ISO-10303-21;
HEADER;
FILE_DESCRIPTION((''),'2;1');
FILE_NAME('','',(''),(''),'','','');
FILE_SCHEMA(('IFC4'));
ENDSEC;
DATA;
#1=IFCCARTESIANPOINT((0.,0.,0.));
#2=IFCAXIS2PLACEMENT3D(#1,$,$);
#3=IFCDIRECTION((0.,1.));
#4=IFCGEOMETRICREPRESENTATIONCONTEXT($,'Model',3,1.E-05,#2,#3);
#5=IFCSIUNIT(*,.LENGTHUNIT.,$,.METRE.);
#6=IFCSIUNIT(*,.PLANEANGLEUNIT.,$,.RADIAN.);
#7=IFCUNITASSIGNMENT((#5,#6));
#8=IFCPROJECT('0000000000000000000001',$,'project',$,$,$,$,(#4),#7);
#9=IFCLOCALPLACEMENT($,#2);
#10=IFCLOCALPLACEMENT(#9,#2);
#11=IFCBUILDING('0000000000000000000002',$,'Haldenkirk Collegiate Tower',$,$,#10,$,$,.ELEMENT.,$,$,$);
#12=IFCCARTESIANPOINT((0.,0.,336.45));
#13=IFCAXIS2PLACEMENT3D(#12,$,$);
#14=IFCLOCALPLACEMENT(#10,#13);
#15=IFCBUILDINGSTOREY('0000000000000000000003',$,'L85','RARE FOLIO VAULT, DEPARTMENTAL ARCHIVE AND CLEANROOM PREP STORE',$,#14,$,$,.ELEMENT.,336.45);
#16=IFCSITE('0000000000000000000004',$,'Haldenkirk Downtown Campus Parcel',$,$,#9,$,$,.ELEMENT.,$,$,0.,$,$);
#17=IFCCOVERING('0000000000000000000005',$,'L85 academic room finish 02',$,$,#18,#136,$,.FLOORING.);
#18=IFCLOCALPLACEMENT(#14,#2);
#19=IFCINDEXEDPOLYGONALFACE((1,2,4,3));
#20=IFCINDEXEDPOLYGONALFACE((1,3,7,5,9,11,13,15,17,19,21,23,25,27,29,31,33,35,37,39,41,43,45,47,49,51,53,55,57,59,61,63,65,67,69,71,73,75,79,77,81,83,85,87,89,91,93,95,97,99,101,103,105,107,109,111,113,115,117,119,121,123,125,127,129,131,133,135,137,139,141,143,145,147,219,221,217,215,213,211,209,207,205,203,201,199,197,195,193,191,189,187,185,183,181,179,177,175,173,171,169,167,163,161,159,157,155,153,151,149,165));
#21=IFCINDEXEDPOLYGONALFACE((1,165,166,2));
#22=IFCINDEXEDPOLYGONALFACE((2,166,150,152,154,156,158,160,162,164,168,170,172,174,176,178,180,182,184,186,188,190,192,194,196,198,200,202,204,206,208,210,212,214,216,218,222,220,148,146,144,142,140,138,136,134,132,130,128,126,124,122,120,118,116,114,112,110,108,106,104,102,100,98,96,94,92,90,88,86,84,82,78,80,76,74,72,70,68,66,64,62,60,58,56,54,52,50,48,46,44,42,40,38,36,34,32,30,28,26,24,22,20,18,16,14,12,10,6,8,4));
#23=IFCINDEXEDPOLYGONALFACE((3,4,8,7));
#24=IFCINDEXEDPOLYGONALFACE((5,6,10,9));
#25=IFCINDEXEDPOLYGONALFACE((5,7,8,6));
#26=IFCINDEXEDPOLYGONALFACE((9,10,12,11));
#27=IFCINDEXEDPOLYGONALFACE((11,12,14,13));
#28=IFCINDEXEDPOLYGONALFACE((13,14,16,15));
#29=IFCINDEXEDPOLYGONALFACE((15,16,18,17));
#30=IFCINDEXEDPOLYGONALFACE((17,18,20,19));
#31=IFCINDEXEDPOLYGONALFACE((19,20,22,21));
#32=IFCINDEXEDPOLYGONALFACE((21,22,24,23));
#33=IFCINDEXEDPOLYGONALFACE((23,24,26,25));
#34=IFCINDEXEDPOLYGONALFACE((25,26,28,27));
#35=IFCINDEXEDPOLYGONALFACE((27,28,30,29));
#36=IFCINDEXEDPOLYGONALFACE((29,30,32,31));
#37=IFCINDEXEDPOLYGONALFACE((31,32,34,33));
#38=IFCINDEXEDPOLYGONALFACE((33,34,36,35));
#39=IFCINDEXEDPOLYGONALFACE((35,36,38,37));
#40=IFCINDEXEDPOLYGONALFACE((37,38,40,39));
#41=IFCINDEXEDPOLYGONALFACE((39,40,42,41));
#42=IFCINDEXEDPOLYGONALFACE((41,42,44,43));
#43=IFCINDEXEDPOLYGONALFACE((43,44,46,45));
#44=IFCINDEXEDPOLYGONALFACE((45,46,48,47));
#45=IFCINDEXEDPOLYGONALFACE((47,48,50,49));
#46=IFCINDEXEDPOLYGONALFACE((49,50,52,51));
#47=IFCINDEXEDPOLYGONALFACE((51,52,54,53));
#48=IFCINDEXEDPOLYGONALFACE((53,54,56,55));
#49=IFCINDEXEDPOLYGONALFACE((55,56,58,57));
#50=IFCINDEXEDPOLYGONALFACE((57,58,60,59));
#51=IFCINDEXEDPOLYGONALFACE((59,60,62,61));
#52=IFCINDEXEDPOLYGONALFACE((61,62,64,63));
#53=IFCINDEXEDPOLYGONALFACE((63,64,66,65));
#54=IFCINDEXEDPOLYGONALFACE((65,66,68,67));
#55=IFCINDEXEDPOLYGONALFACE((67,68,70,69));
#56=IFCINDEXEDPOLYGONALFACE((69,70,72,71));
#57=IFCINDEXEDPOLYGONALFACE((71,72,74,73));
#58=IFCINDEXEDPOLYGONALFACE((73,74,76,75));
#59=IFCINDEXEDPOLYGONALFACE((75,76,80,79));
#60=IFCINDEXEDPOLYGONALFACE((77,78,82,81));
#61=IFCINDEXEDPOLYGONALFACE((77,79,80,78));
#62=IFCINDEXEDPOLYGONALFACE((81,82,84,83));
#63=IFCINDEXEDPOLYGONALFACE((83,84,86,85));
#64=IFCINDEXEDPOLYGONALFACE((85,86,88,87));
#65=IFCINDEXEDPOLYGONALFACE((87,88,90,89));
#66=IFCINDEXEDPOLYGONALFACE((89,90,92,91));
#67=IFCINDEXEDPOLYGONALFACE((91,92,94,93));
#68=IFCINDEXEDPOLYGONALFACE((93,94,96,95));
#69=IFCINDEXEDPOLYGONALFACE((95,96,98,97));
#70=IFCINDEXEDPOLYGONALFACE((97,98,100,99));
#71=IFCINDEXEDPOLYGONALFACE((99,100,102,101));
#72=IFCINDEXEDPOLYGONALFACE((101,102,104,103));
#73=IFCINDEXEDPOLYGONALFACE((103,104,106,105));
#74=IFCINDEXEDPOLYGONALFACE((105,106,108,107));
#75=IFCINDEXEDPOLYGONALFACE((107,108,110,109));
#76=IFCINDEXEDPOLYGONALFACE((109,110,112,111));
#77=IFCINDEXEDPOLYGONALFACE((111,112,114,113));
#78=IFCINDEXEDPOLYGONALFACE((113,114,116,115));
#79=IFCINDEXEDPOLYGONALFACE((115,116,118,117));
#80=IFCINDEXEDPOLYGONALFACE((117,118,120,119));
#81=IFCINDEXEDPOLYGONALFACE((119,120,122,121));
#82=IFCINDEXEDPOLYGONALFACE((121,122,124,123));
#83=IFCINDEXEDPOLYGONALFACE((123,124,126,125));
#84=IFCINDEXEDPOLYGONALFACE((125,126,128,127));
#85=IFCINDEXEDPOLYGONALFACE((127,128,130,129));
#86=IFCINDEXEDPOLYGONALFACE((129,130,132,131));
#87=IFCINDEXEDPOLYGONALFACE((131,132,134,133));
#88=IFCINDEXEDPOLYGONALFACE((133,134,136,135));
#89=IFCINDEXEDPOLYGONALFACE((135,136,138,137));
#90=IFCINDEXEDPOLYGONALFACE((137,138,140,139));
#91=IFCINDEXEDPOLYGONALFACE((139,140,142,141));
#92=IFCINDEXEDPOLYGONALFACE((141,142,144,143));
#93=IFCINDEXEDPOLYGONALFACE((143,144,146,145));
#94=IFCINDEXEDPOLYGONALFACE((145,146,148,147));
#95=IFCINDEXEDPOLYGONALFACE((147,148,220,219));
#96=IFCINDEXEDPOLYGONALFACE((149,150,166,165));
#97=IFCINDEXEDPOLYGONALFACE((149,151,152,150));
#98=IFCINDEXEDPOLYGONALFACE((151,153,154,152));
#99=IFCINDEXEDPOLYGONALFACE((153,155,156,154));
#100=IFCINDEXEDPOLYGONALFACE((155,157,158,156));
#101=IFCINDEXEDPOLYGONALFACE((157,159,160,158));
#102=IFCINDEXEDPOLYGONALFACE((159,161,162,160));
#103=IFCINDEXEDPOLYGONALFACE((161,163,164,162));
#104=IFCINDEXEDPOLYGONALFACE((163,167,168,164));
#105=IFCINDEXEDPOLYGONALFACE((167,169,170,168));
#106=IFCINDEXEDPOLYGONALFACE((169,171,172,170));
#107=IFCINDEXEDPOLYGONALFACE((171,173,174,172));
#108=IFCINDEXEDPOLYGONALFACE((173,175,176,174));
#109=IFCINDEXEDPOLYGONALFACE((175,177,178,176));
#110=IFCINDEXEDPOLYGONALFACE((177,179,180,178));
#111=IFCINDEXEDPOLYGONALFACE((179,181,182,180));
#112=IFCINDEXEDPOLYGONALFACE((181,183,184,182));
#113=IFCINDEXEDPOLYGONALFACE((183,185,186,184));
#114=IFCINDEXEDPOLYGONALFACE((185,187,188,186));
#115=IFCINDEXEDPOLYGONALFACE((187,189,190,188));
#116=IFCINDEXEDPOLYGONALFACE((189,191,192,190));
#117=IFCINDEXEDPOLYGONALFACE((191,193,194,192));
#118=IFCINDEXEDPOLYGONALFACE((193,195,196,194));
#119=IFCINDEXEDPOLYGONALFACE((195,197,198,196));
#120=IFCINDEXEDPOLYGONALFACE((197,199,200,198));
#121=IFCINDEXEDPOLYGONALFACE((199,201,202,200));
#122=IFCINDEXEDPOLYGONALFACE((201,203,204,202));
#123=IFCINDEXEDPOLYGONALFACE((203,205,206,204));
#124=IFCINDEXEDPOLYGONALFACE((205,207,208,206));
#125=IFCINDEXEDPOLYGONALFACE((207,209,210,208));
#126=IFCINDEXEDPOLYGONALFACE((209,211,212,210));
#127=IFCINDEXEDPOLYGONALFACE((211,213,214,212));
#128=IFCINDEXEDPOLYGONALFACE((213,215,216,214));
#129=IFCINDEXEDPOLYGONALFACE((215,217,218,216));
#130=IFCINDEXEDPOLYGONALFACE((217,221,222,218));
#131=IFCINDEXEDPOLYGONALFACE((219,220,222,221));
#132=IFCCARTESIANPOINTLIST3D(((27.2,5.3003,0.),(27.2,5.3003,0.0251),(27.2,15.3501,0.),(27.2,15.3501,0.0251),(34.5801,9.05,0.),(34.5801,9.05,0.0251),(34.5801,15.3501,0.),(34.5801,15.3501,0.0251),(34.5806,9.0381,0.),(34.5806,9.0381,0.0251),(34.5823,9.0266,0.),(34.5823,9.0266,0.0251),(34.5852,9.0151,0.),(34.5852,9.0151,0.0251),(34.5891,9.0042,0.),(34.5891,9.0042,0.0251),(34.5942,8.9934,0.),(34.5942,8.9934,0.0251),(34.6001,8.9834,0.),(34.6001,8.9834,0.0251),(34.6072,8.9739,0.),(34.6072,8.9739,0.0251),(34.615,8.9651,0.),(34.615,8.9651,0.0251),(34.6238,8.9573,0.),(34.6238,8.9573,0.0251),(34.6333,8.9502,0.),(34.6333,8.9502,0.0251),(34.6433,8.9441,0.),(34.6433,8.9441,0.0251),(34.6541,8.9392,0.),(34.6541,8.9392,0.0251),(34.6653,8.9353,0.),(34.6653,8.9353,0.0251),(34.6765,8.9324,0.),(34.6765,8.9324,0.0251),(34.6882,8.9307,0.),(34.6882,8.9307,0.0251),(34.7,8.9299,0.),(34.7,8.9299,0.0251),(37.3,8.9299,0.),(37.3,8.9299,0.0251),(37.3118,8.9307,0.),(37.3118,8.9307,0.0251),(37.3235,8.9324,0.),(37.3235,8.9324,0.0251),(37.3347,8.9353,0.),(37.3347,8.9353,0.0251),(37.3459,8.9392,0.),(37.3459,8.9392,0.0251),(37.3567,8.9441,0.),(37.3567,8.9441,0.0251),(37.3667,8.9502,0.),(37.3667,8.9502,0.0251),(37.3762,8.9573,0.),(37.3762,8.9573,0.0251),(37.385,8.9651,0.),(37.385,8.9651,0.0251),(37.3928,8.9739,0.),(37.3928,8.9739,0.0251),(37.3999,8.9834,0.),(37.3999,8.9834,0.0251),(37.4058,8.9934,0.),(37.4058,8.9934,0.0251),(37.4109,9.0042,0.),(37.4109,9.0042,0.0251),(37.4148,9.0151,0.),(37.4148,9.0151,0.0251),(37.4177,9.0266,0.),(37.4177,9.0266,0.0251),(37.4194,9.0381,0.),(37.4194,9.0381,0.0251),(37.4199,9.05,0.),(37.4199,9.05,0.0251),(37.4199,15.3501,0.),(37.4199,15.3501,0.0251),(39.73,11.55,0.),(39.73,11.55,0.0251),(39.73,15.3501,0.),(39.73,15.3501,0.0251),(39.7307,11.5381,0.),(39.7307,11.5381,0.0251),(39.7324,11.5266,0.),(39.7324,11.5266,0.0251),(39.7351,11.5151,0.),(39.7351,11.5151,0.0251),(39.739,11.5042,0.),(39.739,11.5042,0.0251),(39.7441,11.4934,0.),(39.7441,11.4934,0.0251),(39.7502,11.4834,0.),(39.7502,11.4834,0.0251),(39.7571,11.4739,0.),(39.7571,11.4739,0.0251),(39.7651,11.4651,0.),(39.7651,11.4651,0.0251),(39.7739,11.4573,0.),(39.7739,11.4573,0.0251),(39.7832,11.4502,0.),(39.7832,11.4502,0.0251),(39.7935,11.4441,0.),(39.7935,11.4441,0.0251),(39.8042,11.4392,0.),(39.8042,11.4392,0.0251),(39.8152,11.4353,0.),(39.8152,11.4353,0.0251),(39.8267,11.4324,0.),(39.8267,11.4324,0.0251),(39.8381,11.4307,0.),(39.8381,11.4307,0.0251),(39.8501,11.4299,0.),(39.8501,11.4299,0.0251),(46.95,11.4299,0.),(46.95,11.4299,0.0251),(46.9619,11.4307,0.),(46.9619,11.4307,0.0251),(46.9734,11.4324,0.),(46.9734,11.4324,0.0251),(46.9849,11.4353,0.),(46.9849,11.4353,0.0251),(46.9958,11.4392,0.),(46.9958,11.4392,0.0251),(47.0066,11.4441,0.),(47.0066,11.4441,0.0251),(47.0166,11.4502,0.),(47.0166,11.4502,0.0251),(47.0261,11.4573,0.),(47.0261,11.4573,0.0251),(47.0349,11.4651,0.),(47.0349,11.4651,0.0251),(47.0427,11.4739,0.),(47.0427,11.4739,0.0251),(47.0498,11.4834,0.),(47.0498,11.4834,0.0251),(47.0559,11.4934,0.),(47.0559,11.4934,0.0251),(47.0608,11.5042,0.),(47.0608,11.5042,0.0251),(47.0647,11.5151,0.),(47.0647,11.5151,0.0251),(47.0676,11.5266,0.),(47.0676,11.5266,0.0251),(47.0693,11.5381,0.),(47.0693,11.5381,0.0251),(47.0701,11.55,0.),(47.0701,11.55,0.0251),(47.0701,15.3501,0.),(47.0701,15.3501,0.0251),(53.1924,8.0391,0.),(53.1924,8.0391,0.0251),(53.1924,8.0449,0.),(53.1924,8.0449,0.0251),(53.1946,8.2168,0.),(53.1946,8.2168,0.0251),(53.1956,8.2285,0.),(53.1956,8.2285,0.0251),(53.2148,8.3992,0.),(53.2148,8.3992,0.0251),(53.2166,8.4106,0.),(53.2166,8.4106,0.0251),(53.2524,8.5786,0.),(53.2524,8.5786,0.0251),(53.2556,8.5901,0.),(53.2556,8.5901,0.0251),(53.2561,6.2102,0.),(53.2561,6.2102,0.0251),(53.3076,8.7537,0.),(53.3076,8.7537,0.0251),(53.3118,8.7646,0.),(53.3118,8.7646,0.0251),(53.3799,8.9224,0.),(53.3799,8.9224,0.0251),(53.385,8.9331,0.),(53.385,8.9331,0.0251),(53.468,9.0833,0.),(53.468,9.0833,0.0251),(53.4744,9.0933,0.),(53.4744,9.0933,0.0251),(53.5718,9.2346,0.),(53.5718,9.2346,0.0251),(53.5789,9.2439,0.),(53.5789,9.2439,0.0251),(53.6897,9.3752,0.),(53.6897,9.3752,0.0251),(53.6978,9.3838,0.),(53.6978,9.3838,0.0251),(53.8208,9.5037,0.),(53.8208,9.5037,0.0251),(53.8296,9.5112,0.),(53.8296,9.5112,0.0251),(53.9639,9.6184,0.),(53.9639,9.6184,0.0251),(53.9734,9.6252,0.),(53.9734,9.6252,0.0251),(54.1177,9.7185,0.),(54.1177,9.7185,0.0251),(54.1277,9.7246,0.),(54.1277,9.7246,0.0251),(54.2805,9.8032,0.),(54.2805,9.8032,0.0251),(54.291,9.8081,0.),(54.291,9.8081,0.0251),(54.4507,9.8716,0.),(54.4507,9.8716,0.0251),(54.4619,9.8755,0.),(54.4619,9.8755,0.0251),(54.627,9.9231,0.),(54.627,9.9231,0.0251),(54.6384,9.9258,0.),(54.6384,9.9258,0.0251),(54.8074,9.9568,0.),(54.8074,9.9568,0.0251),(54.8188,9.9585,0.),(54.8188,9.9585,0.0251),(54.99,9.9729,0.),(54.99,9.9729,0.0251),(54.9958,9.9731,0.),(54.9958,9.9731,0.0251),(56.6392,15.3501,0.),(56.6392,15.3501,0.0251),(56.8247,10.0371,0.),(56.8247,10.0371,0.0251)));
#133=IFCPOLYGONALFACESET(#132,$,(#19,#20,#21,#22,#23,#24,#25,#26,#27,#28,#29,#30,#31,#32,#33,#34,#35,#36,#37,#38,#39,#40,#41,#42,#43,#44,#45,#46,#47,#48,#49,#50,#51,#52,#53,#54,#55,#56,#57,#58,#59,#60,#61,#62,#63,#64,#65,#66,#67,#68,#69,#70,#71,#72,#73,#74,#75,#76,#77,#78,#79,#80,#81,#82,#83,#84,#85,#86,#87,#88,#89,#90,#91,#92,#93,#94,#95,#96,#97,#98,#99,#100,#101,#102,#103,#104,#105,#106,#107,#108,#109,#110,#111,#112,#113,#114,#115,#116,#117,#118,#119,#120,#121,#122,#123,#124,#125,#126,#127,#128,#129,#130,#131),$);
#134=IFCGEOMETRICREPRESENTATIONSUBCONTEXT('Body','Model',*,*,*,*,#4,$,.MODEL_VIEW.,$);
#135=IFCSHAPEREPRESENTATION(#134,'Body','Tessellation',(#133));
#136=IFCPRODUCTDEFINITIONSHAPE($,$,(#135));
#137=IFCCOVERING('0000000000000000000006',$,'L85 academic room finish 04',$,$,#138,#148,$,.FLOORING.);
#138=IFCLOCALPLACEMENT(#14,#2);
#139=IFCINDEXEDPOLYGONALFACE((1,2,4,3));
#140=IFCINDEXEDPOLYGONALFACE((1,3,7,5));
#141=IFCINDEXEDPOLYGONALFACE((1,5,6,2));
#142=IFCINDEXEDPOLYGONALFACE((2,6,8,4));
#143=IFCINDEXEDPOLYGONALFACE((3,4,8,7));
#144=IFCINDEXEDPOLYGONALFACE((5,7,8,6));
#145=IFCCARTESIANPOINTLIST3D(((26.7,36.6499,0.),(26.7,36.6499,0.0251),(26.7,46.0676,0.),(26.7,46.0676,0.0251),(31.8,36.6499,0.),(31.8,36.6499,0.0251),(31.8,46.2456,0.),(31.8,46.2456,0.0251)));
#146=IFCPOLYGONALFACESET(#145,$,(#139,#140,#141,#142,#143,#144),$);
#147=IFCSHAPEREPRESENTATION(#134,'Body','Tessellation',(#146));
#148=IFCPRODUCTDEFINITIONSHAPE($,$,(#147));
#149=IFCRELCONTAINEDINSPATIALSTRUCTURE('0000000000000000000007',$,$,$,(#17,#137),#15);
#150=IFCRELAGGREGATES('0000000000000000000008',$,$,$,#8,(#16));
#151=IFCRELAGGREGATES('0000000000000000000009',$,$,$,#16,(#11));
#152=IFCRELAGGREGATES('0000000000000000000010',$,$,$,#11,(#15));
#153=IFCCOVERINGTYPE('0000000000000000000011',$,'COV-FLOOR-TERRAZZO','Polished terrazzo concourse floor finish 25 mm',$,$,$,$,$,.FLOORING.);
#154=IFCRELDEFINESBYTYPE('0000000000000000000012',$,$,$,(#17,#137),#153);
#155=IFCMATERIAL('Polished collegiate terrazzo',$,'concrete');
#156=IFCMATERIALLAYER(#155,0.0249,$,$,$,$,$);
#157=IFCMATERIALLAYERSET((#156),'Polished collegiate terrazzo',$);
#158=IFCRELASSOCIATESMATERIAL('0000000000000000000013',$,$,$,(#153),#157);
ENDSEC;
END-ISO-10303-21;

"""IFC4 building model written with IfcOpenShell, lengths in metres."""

from ifc_helpers import new_model, si_unit, direction, frame, origin, place, context, subcontext, project, spatial, polyline, outline, extrude, material, layer, layer_set, type_object, element, save


model = new_model("IFC4")

# Units and contexts
model_context = context("Model", 3, precision=1e-05, world=origin(), true_north=direction((0.0, 1.0)))
body_context = subcontext(model_context, "Body", "Model", "MODEL_VIEW")
ifc_project = project(units=[si_unit("LENGTHUNIT", "METRE"), si_unit("PLANEANGLEUNIT", "RADIAN")], contexts=[model_context])

# Site, building, storey
site_placement = place(None, origin())
site = spatial("IfcSite", under=ifc_project, at=site_placement, Name="Haldenkirk Downtown Campus Parcel", CompositionType="ELEMENT", RefElevation=0.0)
building_placement = place(site_placement, origin())
building = spatial("IfcBuilding", under=site, at=building_placement, Name="Haldenkirk Collegiate Tower", CompositionType="ELEMENT")
storey_placement = place(building_placement, frame((0.0, 0.0, 336.45)))
storey = spatial("IfcBuildingStorey", under=building, at=storey_placement, Name="L85", Description="RARE FOLIO VAULT, DEPARTMENTAL ARCHIVE AND CLEANROOM PREP STORE", CompositionType="ELEMENT", Elevation=336.45)

# Coverings
ifc_material_1 = material(Name="Polished collegiate terrazzo", Category="concrete")
ifc_layer_1 = layer(ifc_material_1, 0.0249)
ifc_layer_set_1 = layer_set([ifc_layer_1], Name="Polished collegiate terrazzo")
covering_type_1 = type_object("IfcCoveringType", Name="COV-FLOOR-TERRAZZO", Description="Polished terrazzo concourse floor finish 25 mm", PredefinedType="FLOORING", material=ifc_layer_set_1)
covering_1_placement = place(storey_placement, origin())
element("IfcCovering", 1, at=covering_1_placement, inside=storey, type_object=covering_type_1, Name="L85 academic room finish 02", PredefinedType="FLOORING", context=body_context, shape_type="SweptSolid", body=[
    extrude(outline(polyline([(54.291, 9.8081), (54.2805, 9.8032), (54.1277, 9.7246), (54.1177, 9.7185), (53.9734, 9.6252), (53.9639, 9.6184), (53.8296, 9.5112), (53.8208, 9.5037), (53.6978, 9.3838), (53.6897, 9.3752), (53.5789, 9.2439), (53.5718, 9.2346), (53.4744, 9.0933), (53.468, 9.0833), (53.385, 8.9331), (53.3799, 8.9224), (53.3118, 8.7646), (53.3076, 8.7537), (53.2556, 8.5901), (53.2524, 8.5786), (53.2166, 8.4106), (53.2148, 8.3992), (53.1956, 8.2285), (53.1946, 8.2168), (53.1924, 8.0449), (53.1924, 8.0391), (53.2561, 6.2102), (27.2, 5.3003), (27.2, 15.3501), (34.5801, 15.3501), (34.5801, 9.05), (34.5806, 9.0381), (34.5823, 9.0266), (34.5852, 9.0151), (34.5891, 9.0042), (34.5942, 8.9934), (34.6001, 8.9834), (34.6072, 8.9739), (34.615, 8.9651), (34.6238, 8.9573), (34.6333, 8.9502), (34.6433, 8.9441), (34.6541, 8.9392), (34.6653, 8.9353), (34.6765, 8.9324), (34.6882, 8.9307), (34.7, 8.9299), (37.3, 8.9299), (37.3118, 8.9307), (37.3235, 8.9324), (37.3347, 8.9353), (37.3459, 8.9392), (37.3567, 8.9441), (37.3667, 8.9502), (37.3762, 8.9573), (37.385, 8.9651), (37.3928, 8.9739), (37.3999, 8.9834), (37.4058, 8.9934), (37.4109, 9.0042), (37.4148, 9.0151), (37.4177, 9.0266), (37.4194, 9.0381), (37.4199, 9.05), (37.4199, 15.3501), (39.73, 15.3501), (39.73, 11.55), (39.7307, 11.5381), (39.7324, 11.5266), (39.7351, 11.5151), (39.739, 11.5042), (39.7441, 11.4934), (39.7502, 11.4834), (39.7571, 11.4739), (39.7651, 11.4651), (39.7739, 11.4573), (39.7832, 11.4502), (39.7935, 11.4441), (39.8042, 11.4392), (39.8152, 11.4353), (39.8267, 11.4324), (39.8381, 11.4307), (39.8501, 11.4299), (46.95, 11.4299), (46.9619, 11.4307), (46.9734, 11.4324), (46.9849, 11.4353), (46.9958, 11.4392), (47.0066, 11.4441), (47.0166, 11.4502), (47.0261, 11.4573), (47.0349, 11.4651), (47.0427, 11.4739), (47.0498, 11.4834), (47.0559, 11.4934), (47.0608, 11.5042), (47.0647, 11.5151), (47.0676, 11.5266), (47.0693, 11.5381), (47.0701, 11.55), (47.0701, 15.3501), (56.6392, 15.3501), (56.8247, 10.0371), (54.9958, 9.9731), (54.99, 9.9729), (54.8188, 9.9585), (54.8074, 9.9568), (54.6384, 9.9258), (54.627, 9.9231), (54.4619, 9.8755), (54.4507, 9.8716), (54.291, 9.8081)])), origin(), (0.0, 0.0, 1.0), 0.0251),
])
covering_2_placement = place(storey_placement, origin())
element("IfcCovering", 2, at=covering_2_placement, inside=storey, type_object=covering_type_1, Name="L85 academic room finish 04", PredefinedType="FLOORING", context=body_context, shape_type="SweptSolid", body=[
    extrude(outline(polyline([(31.8, 46.2456), (31.8, 36.6499), (26.7, 36.6499), (26.7, 46.0676), (31.8, 46.2456)])), origin(), (0.0, 0.0, 1.0), 0.0251),
])

save(model, "model.ifc")
